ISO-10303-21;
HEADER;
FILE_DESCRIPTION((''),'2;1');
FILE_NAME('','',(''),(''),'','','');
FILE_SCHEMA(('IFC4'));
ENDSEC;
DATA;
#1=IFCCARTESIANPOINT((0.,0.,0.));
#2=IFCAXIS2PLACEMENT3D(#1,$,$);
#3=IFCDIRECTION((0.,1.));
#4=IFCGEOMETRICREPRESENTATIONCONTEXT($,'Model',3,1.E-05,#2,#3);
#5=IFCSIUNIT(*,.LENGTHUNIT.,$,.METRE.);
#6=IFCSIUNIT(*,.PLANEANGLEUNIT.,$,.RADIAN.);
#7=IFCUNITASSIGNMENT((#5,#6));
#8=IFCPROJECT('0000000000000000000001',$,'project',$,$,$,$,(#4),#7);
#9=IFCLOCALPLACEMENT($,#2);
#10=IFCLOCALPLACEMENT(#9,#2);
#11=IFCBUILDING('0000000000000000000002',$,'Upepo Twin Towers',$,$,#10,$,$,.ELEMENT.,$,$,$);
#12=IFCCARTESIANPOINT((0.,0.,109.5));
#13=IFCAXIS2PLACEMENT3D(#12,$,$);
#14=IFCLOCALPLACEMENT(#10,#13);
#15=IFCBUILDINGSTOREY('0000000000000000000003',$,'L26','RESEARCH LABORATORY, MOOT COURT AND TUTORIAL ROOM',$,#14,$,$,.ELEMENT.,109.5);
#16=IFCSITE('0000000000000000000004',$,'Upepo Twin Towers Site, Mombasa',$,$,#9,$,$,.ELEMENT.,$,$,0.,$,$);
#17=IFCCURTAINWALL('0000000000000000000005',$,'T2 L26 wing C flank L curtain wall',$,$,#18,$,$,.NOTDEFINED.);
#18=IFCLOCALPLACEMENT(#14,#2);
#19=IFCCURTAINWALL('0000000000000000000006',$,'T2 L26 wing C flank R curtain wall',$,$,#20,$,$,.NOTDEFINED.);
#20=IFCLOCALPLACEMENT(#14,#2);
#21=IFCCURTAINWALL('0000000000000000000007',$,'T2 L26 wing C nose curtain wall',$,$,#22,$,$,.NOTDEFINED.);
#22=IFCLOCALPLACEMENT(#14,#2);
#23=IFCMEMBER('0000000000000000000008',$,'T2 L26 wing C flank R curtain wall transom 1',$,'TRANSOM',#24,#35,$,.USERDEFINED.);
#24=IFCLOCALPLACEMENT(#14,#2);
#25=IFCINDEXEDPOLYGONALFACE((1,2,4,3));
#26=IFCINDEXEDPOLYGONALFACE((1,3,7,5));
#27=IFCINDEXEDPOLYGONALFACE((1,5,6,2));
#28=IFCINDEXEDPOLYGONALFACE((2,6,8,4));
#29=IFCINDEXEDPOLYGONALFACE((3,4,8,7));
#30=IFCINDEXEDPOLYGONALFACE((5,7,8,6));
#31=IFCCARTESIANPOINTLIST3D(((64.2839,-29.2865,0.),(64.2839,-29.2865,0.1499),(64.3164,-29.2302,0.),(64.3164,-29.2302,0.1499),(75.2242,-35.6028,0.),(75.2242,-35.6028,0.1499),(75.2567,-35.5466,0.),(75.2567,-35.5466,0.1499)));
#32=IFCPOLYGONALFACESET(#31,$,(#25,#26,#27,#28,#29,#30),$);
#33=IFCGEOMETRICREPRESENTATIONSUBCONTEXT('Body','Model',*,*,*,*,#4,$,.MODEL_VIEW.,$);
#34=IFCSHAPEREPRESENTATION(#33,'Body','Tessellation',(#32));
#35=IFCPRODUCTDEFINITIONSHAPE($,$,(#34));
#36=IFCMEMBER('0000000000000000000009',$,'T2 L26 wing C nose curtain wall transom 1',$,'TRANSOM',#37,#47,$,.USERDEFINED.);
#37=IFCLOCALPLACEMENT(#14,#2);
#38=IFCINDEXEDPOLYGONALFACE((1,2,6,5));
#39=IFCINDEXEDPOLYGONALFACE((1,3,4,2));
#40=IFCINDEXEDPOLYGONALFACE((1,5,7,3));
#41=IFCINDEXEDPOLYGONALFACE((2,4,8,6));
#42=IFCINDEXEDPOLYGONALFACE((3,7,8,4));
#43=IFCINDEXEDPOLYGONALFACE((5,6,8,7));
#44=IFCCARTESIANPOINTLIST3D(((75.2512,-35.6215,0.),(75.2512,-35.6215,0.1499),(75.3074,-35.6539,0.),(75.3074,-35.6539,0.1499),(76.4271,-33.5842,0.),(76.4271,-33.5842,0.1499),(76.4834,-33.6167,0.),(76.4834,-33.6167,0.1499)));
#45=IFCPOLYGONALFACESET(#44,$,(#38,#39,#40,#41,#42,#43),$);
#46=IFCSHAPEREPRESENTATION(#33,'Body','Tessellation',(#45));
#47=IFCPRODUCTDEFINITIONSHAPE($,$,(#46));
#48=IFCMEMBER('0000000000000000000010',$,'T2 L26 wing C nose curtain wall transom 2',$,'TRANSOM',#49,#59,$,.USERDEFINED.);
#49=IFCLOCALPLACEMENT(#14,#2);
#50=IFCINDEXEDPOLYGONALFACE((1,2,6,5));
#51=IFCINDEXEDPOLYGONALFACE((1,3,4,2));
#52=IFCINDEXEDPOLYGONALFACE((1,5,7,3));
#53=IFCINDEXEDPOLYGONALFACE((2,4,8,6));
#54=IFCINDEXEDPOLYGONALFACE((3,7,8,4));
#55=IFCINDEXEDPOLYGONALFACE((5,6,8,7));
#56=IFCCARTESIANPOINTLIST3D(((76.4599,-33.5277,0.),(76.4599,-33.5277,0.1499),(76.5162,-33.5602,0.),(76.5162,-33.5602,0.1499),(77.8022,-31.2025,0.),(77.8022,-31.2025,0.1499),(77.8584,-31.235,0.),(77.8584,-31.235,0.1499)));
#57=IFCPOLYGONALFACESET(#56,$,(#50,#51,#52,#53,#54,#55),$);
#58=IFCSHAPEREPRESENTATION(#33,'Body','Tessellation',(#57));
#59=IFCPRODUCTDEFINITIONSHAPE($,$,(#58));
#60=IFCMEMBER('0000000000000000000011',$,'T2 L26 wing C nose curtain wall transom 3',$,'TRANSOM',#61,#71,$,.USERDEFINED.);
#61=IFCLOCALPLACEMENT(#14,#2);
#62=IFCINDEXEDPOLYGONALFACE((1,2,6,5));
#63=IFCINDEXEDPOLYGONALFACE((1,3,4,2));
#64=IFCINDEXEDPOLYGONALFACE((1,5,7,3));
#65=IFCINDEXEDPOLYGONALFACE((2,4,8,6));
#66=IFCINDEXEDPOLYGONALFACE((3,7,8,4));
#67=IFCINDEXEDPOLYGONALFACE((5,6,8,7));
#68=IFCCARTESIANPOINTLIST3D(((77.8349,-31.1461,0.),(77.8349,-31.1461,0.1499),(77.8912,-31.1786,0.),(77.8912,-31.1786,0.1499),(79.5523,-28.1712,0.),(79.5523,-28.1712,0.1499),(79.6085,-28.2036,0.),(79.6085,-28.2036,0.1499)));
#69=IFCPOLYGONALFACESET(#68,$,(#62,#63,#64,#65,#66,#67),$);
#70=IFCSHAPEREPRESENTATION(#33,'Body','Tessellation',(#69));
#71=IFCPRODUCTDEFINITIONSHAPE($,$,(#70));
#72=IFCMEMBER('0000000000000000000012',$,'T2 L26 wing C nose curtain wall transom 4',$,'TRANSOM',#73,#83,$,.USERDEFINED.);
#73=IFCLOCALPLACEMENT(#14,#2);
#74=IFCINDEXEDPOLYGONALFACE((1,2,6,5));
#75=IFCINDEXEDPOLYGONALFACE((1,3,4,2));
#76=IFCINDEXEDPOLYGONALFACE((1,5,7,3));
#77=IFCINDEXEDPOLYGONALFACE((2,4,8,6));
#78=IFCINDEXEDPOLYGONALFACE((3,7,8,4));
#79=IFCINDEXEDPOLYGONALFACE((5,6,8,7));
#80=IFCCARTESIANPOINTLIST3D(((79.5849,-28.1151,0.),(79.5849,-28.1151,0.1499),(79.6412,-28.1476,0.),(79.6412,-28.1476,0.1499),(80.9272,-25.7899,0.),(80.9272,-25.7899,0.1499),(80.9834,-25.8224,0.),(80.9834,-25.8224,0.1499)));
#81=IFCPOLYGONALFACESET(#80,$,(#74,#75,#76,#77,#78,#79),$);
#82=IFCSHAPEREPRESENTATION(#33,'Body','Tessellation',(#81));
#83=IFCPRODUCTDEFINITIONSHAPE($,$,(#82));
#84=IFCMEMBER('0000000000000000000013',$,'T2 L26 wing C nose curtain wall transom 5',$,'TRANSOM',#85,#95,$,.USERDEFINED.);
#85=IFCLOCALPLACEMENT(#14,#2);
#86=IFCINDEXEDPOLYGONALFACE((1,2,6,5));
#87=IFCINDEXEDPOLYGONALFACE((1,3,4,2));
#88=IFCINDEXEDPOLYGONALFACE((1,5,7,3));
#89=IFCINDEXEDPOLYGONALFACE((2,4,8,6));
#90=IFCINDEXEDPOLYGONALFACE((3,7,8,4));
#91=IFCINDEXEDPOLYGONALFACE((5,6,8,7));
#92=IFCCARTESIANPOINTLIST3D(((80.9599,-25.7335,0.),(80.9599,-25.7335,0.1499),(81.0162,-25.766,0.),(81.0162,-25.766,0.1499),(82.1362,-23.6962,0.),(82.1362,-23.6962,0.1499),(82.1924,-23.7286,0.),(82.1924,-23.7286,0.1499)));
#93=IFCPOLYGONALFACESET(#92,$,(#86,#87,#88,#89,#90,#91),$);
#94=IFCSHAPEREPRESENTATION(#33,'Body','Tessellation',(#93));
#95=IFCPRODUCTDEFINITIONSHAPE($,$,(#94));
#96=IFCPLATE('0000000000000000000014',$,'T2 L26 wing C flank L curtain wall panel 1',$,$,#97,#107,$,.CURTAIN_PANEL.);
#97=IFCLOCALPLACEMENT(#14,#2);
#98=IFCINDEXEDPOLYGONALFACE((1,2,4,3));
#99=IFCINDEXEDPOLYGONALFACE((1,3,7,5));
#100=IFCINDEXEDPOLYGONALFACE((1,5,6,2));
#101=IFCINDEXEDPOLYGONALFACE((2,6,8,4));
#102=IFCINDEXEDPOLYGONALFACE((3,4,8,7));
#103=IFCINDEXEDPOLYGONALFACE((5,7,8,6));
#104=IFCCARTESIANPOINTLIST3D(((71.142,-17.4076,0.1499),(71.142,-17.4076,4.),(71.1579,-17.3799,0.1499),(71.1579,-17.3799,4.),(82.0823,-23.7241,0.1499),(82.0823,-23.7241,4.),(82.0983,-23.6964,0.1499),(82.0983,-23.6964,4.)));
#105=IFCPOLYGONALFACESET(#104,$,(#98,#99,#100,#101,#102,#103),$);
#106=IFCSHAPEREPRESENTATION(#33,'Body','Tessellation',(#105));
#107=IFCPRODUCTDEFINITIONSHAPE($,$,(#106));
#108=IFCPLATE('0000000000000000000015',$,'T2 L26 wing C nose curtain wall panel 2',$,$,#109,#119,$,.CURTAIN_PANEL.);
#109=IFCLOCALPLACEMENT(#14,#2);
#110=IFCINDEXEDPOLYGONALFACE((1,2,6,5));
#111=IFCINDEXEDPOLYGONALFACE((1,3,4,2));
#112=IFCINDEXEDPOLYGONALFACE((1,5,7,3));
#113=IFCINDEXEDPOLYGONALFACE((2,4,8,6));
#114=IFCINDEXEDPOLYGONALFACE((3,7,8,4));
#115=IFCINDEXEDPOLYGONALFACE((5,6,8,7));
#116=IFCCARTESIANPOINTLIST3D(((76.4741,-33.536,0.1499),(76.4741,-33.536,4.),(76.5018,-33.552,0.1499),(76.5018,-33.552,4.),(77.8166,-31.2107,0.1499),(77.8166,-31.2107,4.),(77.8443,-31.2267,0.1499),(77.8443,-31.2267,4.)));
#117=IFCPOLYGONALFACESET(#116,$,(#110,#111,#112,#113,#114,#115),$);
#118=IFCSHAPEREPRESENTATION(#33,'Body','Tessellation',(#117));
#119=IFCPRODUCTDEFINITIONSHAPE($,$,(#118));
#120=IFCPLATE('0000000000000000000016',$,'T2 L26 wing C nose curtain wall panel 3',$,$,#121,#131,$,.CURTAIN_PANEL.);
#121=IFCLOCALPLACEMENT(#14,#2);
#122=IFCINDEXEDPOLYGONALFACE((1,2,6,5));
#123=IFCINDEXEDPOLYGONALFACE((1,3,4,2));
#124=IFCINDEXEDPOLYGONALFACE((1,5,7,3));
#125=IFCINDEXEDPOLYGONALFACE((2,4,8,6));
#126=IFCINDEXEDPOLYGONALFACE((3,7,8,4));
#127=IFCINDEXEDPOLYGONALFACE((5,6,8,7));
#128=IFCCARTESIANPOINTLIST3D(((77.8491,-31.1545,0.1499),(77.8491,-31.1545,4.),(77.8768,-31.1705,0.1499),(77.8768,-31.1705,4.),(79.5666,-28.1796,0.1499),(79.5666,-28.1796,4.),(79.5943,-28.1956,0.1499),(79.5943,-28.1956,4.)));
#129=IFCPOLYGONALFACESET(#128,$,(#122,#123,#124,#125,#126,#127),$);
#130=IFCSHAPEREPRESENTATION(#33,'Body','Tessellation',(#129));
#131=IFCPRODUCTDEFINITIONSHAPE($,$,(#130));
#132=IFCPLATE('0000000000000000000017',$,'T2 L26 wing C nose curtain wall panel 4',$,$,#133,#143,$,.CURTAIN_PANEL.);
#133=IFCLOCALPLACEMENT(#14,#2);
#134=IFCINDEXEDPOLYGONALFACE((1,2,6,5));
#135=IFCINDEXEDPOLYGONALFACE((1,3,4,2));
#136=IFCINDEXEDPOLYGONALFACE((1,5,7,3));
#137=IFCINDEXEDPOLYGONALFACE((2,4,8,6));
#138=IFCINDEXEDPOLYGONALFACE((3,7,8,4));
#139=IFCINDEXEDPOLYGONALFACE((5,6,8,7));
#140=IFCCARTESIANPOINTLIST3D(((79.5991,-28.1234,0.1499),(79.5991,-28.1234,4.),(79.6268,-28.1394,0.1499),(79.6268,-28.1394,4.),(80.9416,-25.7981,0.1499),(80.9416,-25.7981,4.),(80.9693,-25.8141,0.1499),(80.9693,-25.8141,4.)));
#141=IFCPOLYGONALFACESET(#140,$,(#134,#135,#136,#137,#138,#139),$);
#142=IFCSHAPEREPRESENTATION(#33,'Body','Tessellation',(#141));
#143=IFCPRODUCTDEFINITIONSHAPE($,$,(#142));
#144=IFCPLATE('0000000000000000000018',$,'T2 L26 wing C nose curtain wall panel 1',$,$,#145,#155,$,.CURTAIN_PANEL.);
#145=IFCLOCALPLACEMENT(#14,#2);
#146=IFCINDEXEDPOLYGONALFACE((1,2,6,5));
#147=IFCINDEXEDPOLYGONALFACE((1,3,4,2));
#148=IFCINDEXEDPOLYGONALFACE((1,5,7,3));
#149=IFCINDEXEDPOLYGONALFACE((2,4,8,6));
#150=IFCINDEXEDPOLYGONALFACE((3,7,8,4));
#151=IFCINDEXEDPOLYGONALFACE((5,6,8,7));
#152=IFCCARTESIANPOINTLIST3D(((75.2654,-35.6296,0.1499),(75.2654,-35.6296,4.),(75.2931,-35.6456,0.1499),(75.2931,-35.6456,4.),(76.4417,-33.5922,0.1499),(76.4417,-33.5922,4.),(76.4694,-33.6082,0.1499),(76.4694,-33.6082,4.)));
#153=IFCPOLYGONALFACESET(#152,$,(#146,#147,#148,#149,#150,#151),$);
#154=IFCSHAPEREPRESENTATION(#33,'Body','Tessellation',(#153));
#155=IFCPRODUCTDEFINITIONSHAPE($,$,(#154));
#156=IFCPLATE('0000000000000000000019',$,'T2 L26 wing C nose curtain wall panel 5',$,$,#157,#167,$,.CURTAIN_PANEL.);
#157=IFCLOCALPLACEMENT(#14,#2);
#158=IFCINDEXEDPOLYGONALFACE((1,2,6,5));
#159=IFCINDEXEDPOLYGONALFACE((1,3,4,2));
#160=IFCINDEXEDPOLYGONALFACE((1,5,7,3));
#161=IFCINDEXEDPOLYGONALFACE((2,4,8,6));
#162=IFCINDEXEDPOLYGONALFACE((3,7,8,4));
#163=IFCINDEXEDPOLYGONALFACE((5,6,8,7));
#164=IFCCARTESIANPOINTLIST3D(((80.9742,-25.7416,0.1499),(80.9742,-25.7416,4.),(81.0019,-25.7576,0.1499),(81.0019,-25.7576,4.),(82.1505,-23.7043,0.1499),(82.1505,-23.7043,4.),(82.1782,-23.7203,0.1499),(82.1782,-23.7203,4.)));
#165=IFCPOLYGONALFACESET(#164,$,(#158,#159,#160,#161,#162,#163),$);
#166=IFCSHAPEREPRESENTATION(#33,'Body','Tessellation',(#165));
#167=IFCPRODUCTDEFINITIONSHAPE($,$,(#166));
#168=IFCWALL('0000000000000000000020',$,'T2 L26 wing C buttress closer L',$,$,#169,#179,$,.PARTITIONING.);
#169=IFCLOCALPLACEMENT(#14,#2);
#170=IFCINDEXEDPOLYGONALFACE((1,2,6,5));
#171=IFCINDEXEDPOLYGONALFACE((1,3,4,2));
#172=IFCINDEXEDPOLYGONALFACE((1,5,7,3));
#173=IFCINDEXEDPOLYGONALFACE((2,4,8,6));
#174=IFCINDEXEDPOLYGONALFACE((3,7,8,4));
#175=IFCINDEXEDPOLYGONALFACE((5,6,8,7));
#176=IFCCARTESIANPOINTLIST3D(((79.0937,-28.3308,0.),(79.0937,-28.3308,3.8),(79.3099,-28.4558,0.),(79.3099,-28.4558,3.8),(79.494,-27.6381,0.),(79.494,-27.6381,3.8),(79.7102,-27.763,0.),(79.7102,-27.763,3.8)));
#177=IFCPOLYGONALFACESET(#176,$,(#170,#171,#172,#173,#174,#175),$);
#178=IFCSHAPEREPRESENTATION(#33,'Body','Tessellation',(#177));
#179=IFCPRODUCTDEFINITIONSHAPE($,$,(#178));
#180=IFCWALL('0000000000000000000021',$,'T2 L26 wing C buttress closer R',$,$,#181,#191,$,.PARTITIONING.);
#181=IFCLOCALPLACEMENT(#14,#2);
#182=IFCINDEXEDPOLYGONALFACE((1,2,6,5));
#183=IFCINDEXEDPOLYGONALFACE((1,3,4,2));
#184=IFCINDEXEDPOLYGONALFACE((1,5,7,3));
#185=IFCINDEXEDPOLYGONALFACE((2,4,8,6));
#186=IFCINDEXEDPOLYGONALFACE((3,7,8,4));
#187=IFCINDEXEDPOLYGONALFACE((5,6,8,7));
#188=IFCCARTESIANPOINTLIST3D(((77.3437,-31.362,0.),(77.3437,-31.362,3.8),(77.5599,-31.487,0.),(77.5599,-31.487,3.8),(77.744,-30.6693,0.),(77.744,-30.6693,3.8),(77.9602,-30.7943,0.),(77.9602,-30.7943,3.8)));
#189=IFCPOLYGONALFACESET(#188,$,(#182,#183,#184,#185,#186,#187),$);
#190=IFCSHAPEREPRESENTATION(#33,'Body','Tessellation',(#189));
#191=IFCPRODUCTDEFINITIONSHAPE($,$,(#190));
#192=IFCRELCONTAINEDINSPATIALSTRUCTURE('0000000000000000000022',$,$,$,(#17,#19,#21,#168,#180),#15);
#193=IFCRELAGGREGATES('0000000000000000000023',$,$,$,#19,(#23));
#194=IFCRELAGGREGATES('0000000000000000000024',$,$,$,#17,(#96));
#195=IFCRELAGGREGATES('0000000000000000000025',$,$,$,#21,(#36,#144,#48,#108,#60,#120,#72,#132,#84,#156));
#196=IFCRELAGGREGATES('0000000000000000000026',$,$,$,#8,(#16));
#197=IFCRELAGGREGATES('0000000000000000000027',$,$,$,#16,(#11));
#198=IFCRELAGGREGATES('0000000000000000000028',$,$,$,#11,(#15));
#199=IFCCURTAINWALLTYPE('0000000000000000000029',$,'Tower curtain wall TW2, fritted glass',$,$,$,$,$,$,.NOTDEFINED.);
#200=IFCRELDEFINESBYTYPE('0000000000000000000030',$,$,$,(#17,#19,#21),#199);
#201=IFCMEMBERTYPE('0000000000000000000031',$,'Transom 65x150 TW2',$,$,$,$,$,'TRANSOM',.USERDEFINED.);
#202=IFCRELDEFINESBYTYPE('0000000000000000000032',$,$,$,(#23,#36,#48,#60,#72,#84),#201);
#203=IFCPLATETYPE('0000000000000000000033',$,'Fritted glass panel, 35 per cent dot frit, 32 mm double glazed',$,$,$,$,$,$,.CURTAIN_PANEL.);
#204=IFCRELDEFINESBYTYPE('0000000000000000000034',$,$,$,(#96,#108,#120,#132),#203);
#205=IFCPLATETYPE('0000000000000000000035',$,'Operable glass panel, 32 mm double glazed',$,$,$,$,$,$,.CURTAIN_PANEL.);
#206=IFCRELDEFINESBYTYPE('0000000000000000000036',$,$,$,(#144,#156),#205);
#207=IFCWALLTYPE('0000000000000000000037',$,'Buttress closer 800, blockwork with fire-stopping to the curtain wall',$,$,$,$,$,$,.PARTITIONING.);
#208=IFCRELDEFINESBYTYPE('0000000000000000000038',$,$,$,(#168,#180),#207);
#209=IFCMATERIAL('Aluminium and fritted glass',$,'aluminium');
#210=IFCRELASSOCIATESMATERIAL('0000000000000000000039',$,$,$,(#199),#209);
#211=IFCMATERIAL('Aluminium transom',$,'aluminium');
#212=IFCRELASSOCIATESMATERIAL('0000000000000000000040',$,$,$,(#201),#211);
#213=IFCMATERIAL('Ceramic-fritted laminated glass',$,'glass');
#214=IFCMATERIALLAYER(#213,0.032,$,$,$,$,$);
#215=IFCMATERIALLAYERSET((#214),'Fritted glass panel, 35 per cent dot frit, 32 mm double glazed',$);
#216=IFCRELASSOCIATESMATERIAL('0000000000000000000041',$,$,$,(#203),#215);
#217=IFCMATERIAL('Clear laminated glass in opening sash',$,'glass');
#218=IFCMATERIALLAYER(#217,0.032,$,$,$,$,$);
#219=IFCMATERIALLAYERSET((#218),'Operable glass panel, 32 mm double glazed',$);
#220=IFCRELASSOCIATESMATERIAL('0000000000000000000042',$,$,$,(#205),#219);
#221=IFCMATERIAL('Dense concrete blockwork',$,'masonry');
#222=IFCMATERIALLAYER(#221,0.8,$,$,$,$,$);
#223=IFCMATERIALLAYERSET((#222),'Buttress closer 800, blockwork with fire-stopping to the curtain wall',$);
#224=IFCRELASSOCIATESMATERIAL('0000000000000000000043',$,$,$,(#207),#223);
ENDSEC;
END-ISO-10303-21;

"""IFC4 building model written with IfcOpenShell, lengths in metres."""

from ifc_helpers import new_model, si_unit, direction, frame, frame_2d, origin, origin_2d, place, context, subcontext, project, spatial, rectangle, extrude, material, layer, layer_set, material_profile, profile_set, type_object, element, aggregate, save


model = new_model("IFC4")

# Units and contexts
model_context = context("Model", 3, precision=1e-05, world=origin(), true_north=direction((0.0, 1.0)))
body_context = subcontext(model_context, "Body", "Model", "MODEL_VIEW")
ifc_project = project(units=[si_unit("LENGTHUNIT", "METRE"), si_unit("PLANEANGLEUNIT", "RADIAN")], contexts=[model_context])

# Site, building, storey
site_placement = place(None, origin())
site = spatial("IfcSite", under=ifc_project, at=site_placement, Name="Upepo Twin Towers Site, Mombasa", CompositionType="ELEMENT", RefElevation=0.0)
building_placement = place(site_placement, origin())
building = spatial("IfcBuilding", under=site, at=building_placement, Name="Upepo Twin Towers", CompositionType="ELEMENT")
storey_placement = place(building_placement, frame((0.0, 0.0, 109.5)))
storey = spatial("IfcBuildingStorey", under=building, at=storey_placement, Name="L26", Description="RESEARCH LABORATORY, MOOT COURT AND TUTORIAL ROOM", CompositionType="ELEMENT", Elevation=109.5)

# Curtain walls
ifc_material_1 = material(Name="Aluminium and fritted glass", Category="aluminium")
curtain_wall_type = type_object("IfcCurtainWallType", Name="Tower curtain wall TW2, fritted glass", PredefinedType="NOTDEFINED", material=ifc_material_1)
curtain_wall_1_placement = place(storey_placement, origin())
curtain_wall_1 = element("IfcCurtainWall", 1, at=curtain_wall_1_placement, inside=storey, type_object=curtain_wall_type, Name="T2 L26 wing C flank L curtain wall", PredefinedType="NOTDEFINED")
curtain_wall_2_placement = place(storey_placement, origin())
curtain_wall_2 = element("IfcCurtainWall", 2, at=curtain_wall_2_placement, inside=storey, type_object=curtain_wall_type, Name="T2 L26 wing C flank R curtain wall", PredefinedType="NOTDEFINED")

# Curtain wall
curtain_wall_3_placement = place(storey_placement, origin())
curtain_wall_3 = element("IfcCurtainWall", 3, at=curtain_wall_3_placement, inside=storey, type_object=curtain_wall_type, Name="T2 L26 wing C nose curtain wall", PredefinedType="NOTDEFINED")

# Members
ifc_material_2 = material(Name="Aluminium transom", Category="aluminium")
ifc_material_profile_1 = material_profile(ifc_material_2, rectangle(XDim=0.0649, YDim=0.1499, at=origin_2d()), Name="TRANSOM 65x150")
ifc_profile_set_1 = profile_set([ifc_material_profile_1], Name="Aluminium transom")
member_type_1 = type_object("IfcMemberType", Name="Transom 65x150 TW2", ElementType="TRANSOM", PredefinedType="USERDEFINED", material=ifc_profile_set_1)
member_1_placement = place(storey_placement, frame((75.2405, -35.5747, 0.075), z_axis=(-0.866027, 0.499997, 0.0), x_axis=(-0.499997, -0.866027, 0.0)))
member_1 = element("IfcMember", 4, at=member_1_placement, type_object=member_type_1, Name="T2 L26 wing C flank R curtain wall transom 1", ObjectType="TRANSOM", PredefinedType="USERDEFINED", context=body_context, shape_type="SweptSolid", body=[
    extrude(rectangle(XDim=0.0649, YDim=0.1499, at=origin_2d()), origin(), (0.0, 0.0, 1.0), 12.6328),
])
aggregate(curtain_wall_2, [member_1])
member_2_placement = place(storey_placement, frame((75.2793, -35.6377, 0.075), z_axis=(0.499923, 0.86607, 0.0), x_axis=(-0.86607, 0.499923, 0.0)))
member_2 = element("IfcMember", 5, at=member_2_placement, type_object=member_type_1, Name="T2 L26 wing C nose curtain wall transom 1", ObjectType="TRANSOM", PredefinedType="USERDEFINED", context=body_context, shape_type="SweptSolid", body=[
    extrude(rectangle(XDim=0.0649, YDim=0.1499, at=origin_2d()), origin(), (0.0, 0.0, 1.0), 2.3523),
])
member_3_placement = place(storey_placement, frame((76.488, -33.5439, 0.075), z_axis=(0.499953, 0.866052, 0.0), x_axis=(-0.866052, 0.499953, 0.0)))
member_3 = element("IfcMember", 6, at=member_3_placement, type_object=member_type_1, Name="T2 L26 wing C nose curtain wall transom 2", ObjectType="TRANSOM", PredefinedType="USERDEFINED", context=body_context, shape_type="SweptSolid", body=[
    extrude(rectangle(XDim=0.0649, YDim=0.1499, at=origin_2d()), origin(), (0.0, 0.0, 1.0), 2.6848),
])
member_4_placement = place(storey_placement, frame((77.863, -31.1624, 0.075), z_axis=(0.499946, 0.866057, 0.0), x_axis=(-0.866057, 0.499946, 0.0)))
member_4 = element("IfcMember", 7, at=member_4_placement, type_object=member_type_1, Name="T2 L26 wing C nose curtain wall transom 3", ObjectType="TRANSOM", PredefinedType="USERDEFINED", context=body_context, shape_type="SweptSolid", body=[
    extrude(rectangle(XDim=0.0649, YDim=0.1499, at=origin_2d()), origin(), (0.0, 0.0, 1.0), 3.4351),
])
member_5_placement = place(storey_placement, frame((79.613, -28.1313, 0.075), z_axis=(0.499953, 0.866052, 0.0), x_axis=(-0.866052, 0.499953, 0.0)))
member_5 = element("IfcMember", 8, at=member_5_placement, type_object=member_type_1, Name="T2 L26 wing C nose curtain wall transom 4", ObjectType="TRANSOM", PredefinedType="USERDEFINED", context=body_context, shape_type="SweptSolid", body=[
    extrude(rectangle(XDim=0.0649, YDim=0.1499, at=origin_2d()), origin(), (0.0, 0.0, 1.0), 2.6848),
])
member_6_placement = place(storey_placement, frame((80.988, -25.7498, 0.075), z_axis=(0.500001, 0.866025, 0.0), x_axis=(-0.866025, 0.500001, 0.0)))
member_6 = element("IfcMember", 9, at=member_6_placement, type_object=member_type_1, Name="T2 L26 wing C nose curtain wall transom 5", ObjectType="TRANSOM", PredefinedType="USERDEFINED", context=body_context, shape_type="SweptSolid", body=[
    extrude(rectangle(XDim=0.0649, YDim=0.1499, at=origin_2d()), origin(), (0.0, 0.0, 1.0), 2.3525),
])

# Plates
ifc_material_3 = material(Name="Ceramic-fritted laminated glass", Category="glass")
ifc_layer_1 = layer(ifc_material_3, 0.032)
ifc_layer_set_1 = layer_set([ifc_layer_1], Name="Fritted glass panel, 35 per cent dot frit, 32 mm double glazed")
plate_type_1 = type_object("IfcPlateType", Name="Fritted glass panel, 35 per cent dot frit, 32 mm double glazed", PredefinedType="CURTAIN_PANEL", material=ifc_layer_set_1)
plate_1_placement = place(storey_placement, frame((76.6201, -20.552, 0.1499), z_axis=(0.0, 0.0, 1.0), x_axis=(0.866025, -0.5, 0.0)))
plate_1 = element("IfcPlate", 10, at=plate_1_placement, type_object=plate_type_1, Name="T2 L26 wing C flank L curtain wall panel 1", PredefinedType="CURTAIN_PANEL", context=body_context, shape_type="SweptSolid", body=[
    extrude(rectangle(XDim=12.6328, YDim=0.032, at=origin_2d()), origin(), (0.0, 0.0, 1.0), 3.8501),
])
aggregate(curtain_wall_1, [plate_1])
plate_2_placement = place(storey_placement, frame((77.1592, -32.3813, 0.1499), z_axis=(0.0, 0.0, 1.0), x_axis=(0.5, 0.866025, 0.0)))
plate_2 = element("IfcPlate", 11, at=plate_2_placement, type_object=plate_type_1, Name="T2 L26 wing C nose curtain wall panel 2", PredefinedType="CURTAIN_PANEL", context=body_context, shape_type="SweptSolid", body=[
    extrude(rectangle(XDim=2.6851, YDim=0.032, at=origin_2d()), origin(), (0.0, 0.0, 1.0), 3.8501),
])
plate_3_placement = place(storey_placement, frame((78.7217, -29.675, 0.1499), z_axis=(0.0, 0.0, 1.0), x_axis=(0.5, 0.866025, 0.0)))
plate_3 = element("IfcPlate", 12, at=plate_3_placement, type_object=plate_type_1, Name="T2 L26 wing C nose curtain wall panel 3", PredefinedType="CURTAIN_PANEL", context=body_context, shape_type="SweptSolid", body=[
    extrude(rectangle(XDim=3.4351, YDim=0.032, at=origin_2d()), origin(), (0.0, 0.0, 1.0), 3.8501),
])
plate_4_placement = place(storey_placement, frame((80.2842, -26.9688, 0.1499), z_axis=(0.0, 0.0, 1.0), x_axis=(0.5, 0.866025, 0.0)))
plate_4 = element("IfcPlate", 13, at=plate_4_placement, type_object=plate_type_1, Name="T2 L26 wing C nose curtain wall panel 4", PredefinedType="CURTAIN_PANEL", context=body_context, shape_type="SweptSolid", body=[
    extrude(rectangle(XDim=2.6851, YDim=0.032, at=origin_2d()), origin(), (0.0, 0.0, 1.0), 3.8501),
])
ifc_material_4 = material(Name="Clear laminated glass in opening sash", Category="glass")
ifc_layer_2 = layer(ifc_material_4, 0.032)
ifc_layer_set_2 = layer_set([ifc_layer_2], Name="Operable glass panel, 32 mm double glazed")
plate_type_2 = type_object("IfcPlateType", Name="Operable glass panel, 32 mm double glazed", PredefinedType="CURTAIN_PANEL", material=ifc_layer_set_2)
plate_5_placement = place(storey_placement, frame((75.8674, -34.6189, 0.1499), z_axis=(0.0, 0.0, 1.0), x_axis=(0.5, 0.866025, 0.0)))
plate_5 = element("IfcPlate", 14, at=plate_5_placement, type_object=plate_type_2, Name="T2 L26 wing C nose curtain wall panel 1", PredefinedType="CURTAIN_PANEL", context=body_context, shape_type="SweptSolid", body=[
    extrude(rectangle(XDim=2.3525, YDim=0.032, at=origin_2d()), origin(), (0.0, 0.0, 1.0), 3.8501),
])
plate_6_placement = place(storey_placement, frame((81.5762, -24.731, 0.1499), z_axis=(0.0, 0.0, 1.0), x_axis=(0.5, 0.866025, 0.0)))
plate_6 = element("IfcPlate", 15, at=plate_6_placement, type_object=plate_type_2, Name="T2 L26 wing C nose curtain wall panel 5", PredefinedType="CURTAIN_PANEL", context=body_context, shape_type="SweptSolid", body=[
    extrude(rectangle(XDim=2.3525, YDim=0.032, at=origin_2d()), origin(), (0.0, 0.0, 1.0), 3.8501),
])
aggregate(curtain_wall_3, [member_2, plate_5, member_3, plate_2, member_4, plate_3, member_5, plate_4, member_6, plate_6])

# Walls
ifc_material_5 = material(Name="Dense concrete blockwork", Category="masonry")
ifc_layer_3 = layer(ifc_material_5, 0.8)
ifc_layer_set_3 = layer_set([ifc_layer_3], Name="Buttress closer 800, blockwork with fire-stopping to the curtain wall")
wall_type = type_object("IfcWallType", Name="Buttress closer 800, blockwork with fire-stopping to the curtain wall", PredefinedType="PARTITIONING", material=ifc_layer_set_3)
for number, where, z_axis, x_axis, name in (
    (16, (79.2937, -27.9844, 0.0), (0.0, 0.0, 1.0), (0.865827, -0.500343, 0.0), "T2 L26 wing C buttress closer L"),
    (17, (77.5437, -31.0156, 0.0), (0.0, 0.0, 1.0), (0.865827, -0.500343, 0.0), "T2 L26 wing C buttress closer R"),
):
    element("IfcWall", number, at=place(storey_placement, frame(where, z_axis=z_axis, x_axis=x_axis)), inside=storey, type_object=wall_type, Name=name, PredefinedType="PARTITIONING", context=body_context, shape_type="SweptSolid", body=[
        extrude(rectangle(XDim=0.2498, YDim=0.8, at=frame_2d((0.125, 0.0))), origin(), (0.0, 0.0, 1.0), 3.8),
    ])

save(model, "model.ifc")
